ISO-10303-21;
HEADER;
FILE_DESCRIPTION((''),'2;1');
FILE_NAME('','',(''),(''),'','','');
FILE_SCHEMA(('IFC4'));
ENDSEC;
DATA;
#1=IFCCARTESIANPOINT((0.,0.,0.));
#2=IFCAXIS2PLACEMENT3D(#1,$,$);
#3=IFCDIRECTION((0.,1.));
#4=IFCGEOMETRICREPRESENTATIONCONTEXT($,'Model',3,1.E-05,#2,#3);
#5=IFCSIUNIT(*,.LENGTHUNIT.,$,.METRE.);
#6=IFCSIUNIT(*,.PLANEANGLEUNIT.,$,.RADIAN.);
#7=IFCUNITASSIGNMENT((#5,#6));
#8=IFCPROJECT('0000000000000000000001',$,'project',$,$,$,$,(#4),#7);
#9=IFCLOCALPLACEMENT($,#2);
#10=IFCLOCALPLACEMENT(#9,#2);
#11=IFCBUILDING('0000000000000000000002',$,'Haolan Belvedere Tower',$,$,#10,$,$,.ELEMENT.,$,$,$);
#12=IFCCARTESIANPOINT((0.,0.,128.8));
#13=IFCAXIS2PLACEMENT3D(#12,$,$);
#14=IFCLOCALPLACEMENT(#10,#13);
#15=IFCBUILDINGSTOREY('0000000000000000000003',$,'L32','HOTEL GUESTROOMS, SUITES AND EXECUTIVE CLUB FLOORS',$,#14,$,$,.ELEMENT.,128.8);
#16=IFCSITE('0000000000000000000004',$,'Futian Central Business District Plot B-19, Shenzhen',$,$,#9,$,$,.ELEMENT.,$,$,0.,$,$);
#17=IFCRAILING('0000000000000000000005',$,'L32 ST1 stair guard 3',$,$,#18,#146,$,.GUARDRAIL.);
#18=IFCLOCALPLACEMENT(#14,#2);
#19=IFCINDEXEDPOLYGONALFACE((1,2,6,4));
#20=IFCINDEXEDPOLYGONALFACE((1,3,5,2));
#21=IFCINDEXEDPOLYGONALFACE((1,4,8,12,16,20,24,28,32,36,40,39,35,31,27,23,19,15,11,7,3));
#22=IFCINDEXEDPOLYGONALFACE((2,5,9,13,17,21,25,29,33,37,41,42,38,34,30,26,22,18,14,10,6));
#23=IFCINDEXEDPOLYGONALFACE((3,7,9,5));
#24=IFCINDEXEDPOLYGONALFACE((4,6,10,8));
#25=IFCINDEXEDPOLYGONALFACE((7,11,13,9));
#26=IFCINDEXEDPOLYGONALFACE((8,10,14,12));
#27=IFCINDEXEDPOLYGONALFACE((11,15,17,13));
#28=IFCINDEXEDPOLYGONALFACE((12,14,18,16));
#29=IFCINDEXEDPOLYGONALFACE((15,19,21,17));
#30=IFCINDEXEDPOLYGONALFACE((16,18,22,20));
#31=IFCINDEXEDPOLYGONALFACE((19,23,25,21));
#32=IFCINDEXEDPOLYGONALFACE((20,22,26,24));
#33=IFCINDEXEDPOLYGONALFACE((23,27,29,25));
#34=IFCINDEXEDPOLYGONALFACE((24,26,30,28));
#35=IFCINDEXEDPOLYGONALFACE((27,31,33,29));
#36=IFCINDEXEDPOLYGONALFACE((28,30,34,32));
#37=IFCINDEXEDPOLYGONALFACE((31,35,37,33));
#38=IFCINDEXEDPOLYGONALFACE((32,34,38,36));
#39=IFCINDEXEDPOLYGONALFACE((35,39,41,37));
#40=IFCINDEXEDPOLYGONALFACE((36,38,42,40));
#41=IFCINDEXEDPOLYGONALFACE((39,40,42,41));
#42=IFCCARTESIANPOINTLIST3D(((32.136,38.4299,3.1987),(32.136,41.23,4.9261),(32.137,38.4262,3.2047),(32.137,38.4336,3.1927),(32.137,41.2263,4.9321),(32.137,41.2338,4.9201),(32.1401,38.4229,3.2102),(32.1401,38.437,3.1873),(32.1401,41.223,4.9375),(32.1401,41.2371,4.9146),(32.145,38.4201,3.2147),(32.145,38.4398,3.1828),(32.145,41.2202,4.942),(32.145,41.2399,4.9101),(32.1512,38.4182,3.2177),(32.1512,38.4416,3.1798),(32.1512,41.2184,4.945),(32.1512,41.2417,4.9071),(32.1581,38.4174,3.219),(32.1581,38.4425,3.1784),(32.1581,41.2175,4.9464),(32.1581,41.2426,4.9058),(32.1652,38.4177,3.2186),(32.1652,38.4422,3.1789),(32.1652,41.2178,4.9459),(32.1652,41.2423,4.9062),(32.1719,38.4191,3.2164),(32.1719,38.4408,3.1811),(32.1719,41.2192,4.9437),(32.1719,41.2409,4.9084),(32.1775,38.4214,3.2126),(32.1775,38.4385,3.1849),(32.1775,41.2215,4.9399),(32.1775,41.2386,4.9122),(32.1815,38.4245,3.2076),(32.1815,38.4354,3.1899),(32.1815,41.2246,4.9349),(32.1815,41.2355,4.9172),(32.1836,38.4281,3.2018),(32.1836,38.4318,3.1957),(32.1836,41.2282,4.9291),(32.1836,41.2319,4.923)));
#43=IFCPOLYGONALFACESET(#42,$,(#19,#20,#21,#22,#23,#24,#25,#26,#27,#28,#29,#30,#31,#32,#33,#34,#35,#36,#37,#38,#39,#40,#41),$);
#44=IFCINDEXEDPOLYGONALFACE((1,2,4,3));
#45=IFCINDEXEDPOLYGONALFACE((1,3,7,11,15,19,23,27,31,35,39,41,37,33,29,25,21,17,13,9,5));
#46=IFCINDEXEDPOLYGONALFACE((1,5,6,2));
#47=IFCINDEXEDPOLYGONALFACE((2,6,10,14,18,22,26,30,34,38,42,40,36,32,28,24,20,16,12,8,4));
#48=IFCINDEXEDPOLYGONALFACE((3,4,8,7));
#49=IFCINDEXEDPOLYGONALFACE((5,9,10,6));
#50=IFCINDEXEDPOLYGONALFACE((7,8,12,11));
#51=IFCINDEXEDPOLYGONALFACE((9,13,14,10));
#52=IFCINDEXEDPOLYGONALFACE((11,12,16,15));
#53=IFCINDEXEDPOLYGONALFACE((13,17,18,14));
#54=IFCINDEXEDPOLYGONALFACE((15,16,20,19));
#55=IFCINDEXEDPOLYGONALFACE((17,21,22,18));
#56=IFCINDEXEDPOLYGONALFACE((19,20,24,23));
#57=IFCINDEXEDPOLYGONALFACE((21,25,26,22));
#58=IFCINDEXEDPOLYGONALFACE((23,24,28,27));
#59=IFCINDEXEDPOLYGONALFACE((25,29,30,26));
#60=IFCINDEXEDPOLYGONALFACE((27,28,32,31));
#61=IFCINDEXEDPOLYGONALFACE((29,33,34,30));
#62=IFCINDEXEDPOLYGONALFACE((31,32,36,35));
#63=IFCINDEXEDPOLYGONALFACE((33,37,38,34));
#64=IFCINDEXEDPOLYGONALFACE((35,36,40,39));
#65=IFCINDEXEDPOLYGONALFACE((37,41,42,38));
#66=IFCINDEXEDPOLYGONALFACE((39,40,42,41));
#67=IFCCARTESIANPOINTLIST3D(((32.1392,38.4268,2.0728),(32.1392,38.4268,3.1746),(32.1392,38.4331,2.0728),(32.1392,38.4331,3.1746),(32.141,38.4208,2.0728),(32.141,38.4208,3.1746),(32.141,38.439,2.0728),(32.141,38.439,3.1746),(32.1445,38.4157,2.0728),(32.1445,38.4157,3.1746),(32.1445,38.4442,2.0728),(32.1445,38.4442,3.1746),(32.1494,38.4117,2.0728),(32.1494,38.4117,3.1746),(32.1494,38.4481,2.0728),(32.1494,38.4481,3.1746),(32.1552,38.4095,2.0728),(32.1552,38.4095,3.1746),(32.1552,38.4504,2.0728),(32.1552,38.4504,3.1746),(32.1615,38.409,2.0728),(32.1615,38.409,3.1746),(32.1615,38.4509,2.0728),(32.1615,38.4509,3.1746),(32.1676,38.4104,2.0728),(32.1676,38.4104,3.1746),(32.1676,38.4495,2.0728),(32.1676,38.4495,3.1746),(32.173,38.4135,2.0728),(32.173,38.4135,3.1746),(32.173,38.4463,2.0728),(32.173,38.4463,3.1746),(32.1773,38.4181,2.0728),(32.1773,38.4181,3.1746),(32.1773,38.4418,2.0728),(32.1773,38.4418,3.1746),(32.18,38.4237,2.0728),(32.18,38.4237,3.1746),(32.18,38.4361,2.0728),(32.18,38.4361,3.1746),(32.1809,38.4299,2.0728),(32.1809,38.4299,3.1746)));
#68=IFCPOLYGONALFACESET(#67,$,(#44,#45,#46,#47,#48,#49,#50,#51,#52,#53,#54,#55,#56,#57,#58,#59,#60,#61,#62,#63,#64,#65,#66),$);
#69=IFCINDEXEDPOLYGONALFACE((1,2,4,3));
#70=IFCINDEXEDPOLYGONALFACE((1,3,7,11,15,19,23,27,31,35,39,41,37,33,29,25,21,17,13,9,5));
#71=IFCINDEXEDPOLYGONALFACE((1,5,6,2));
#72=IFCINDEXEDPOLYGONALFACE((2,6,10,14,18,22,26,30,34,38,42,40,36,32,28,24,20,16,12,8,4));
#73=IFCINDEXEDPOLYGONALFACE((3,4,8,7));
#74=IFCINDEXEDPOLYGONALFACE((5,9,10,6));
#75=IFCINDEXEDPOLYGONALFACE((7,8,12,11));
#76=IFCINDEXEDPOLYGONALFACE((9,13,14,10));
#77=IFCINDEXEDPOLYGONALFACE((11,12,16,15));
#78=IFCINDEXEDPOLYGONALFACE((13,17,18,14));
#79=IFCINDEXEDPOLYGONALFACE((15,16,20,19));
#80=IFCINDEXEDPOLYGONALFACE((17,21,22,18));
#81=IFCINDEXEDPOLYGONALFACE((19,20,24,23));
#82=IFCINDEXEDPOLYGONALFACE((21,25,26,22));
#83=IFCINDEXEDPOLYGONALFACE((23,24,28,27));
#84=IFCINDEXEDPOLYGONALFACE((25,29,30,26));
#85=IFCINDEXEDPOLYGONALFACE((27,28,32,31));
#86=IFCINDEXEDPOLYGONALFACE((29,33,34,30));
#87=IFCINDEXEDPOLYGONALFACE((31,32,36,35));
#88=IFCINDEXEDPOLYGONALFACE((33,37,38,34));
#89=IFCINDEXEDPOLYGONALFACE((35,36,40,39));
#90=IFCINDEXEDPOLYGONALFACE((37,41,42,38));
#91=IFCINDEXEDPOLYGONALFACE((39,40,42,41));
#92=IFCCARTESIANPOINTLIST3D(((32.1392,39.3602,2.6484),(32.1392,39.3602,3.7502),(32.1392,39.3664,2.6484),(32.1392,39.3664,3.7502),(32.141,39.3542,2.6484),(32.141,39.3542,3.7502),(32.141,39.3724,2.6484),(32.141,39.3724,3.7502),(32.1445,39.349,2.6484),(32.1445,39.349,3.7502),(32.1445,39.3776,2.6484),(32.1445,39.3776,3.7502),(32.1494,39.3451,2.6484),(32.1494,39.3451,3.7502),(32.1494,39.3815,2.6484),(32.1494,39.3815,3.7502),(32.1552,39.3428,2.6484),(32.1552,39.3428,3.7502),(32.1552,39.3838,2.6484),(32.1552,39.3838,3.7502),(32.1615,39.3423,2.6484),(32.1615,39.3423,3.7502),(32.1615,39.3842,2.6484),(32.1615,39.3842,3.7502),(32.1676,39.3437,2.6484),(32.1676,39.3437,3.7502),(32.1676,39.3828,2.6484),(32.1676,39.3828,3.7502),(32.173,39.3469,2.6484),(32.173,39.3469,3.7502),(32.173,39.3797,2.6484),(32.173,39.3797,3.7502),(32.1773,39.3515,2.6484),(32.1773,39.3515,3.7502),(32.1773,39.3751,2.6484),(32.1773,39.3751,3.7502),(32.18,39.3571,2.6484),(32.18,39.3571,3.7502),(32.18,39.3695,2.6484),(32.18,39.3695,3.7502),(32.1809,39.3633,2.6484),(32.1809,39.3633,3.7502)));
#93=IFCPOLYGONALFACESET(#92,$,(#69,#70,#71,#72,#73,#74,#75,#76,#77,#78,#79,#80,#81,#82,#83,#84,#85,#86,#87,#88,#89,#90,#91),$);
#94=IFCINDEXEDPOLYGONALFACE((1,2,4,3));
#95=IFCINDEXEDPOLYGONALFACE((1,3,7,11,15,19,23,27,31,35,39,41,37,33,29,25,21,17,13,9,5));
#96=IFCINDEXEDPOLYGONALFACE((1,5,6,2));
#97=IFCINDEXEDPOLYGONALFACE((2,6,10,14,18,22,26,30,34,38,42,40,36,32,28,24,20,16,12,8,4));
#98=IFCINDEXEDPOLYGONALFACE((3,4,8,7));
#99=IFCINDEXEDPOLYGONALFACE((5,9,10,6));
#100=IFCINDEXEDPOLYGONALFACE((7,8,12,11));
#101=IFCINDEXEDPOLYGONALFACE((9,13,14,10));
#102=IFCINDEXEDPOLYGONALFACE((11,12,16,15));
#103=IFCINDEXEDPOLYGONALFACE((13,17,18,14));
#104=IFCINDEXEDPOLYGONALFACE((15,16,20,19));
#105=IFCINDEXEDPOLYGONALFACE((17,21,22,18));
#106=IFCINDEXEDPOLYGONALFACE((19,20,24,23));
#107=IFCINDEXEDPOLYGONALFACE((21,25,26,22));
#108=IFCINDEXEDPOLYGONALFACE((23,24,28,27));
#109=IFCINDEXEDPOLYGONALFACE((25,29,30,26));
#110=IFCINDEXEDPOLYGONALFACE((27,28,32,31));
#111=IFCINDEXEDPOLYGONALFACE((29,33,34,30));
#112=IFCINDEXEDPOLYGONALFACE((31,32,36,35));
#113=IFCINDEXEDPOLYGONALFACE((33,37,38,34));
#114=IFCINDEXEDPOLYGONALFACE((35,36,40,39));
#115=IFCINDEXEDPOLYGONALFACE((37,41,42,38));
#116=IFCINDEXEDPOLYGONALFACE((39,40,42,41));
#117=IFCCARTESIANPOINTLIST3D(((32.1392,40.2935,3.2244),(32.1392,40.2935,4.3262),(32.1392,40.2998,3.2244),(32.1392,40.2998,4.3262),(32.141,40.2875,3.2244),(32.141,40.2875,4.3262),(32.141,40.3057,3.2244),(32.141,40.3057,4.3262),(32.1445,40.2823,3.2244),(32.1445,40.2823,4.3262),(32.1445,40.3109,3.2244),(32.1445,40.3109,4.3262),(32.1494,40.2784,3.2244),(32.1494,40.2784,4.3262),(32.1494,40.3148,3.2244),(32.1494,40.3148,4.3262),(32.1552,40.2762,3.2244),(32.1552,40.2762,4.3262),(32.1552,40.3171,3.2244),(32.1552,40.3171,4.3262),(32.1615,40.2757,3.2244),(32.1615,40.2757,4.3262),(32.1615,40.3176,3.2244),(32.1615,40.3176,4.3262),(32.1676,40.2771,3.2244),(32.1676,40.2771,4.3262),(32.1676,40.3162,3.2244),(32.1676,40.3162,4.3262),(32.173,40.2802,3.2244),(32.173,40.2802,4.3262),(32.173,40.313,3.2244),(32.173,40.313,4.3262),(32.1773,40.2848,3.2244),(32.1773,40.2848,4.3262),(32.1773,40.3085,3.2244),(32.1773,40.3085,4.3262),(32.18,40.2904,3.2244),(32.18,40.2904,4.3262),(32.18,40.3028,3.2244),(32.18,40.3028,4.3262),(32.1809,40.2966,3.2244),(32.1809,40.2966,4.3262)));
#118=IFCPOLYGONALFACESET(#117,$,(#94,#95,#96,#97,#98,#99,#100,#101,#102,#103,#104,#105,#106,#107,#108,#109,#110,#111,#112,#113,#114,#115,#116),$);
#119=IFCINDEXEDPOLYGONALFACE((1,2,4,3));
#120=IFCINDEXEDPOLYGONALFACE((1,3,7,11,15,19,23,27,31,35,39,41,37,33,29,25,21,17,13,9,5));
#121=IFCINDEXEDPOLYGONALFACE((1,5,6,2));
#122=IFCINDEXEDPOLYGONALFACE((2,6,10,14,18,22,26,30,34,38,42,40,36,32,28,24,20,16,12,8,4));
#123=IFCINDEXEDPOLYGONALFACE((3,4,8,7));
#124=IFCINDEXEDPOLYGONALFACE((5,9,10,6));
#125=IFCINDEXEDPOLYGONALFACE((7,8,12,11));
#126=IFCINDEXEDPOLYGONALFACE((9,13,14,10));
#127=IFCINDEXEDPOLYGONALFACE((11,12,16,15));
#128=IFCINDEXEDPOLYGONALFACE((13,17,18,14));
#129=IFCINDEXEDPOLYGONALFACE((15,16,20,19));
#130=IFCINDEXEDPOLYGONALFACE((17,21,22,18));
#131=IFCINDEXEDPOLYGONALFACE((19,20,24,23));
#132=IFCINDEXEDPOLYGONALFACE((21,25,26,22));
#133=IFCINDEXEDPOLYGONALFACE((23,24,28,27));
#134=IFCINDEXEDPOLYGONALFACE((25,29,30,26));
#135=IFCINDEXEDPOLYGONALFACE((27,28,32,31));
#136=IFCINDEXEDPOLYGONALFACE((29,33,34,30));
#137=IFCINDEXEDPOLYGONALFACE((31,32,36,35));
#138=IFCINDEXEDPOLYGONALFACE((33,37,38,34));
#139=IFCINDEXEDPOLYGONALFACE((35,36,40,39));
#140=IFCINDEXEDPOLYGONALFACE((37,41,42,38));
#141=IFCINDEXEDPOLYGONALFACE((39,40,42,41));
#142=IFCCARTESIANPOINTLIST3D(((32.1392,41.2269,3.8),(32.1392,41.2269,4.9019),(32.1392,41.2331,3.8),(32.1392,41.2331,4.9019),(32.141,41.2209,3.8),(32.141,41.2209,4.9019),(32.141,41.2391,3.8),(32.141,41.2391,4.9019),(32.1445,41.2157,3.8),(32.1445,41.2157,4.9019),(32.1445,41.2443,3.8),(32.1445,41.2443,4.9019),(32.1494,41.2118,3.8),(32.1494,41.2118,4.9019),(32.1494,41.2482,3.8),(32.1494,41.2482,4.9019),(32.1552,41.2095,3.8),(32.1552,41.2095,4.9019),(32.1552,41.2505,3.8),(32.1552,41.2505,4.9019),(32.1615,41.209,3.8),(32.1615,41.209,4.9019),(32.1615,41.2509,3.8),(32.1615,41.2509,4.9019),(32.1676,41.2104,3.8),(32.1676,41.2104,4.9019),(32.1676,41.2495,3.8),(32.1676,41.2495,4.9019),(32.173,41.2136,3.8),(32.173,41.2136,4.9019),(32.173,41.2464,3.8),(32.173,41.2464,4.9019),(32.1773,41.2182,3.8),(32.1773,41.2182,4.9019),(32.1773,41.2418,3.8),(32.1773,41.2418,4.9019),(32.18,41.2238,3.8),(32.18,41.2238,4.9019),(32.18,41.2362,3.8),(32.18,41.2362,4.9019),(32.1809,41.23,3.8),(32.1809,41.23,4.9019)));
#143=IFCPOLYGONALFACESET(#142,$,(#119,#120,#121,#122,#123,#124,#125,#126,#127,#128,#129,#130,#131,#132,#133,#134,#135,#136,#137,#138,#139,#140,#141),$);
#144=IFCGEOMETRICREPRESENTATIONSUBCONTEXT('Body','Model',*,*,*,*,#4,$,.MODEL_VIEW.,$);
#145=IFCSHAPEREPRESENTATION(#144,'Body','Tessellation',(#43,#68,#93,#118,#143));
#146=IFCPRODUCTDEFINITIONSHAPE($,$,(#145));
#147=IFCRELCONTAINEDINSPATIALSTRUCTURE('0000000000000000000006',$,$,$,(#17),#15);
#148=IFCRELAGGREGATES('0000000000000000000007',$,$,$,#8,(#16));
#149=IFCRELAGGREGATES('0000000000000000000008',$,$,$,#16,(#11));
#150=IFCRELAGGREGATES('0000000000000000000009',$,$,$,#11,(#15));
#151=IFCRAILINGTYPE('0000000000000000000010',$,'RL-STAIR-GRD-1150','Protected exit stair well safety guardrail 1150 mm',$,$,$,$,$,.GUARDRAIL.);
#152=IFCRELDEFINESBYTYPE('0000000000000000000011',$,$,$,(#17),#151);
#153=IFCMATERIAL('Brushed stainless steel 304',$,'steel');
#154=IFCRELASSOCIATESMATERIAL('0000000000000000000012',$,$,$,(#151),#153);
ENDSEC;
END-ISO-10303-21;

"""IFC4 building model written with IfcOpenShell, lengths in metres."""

from ifc_helpers import new_model, si_unit, direction, frame, origin, origin_2d, place, context, subcontext, project, spatial, circle, extrude, material, type_object, element, save


model = new_model("IFC4")

# Units and contexts
model_context = context("Model", 3, precision=1e-05, world=origin(), true_north=direction((0.0, 1.0)))
body_context = subcontext(model_context, "Body", "Model", "MODEL_VIEW")
ifc_project = project(units=[si_unit("LENGTHUNIT", "METRE"), si_unit("PLANEANGLEUNIT", "RADIAN")], contexts=[model_context])

# Site, building, storey
site_placement = place(None, origin())
site = spatial("IfcSite", under=ifc_project, at=site_placement, Name="Futian Central Business District Plot B-19, Shenzhen", CompositionType="ELEMENT", RefElevation=0.0)
building_placement = place(site_placement, origin())
building = spatial("IfcBuilding", under=site, at=building_placement, Name="Haolan Belvedere Tower", CompositionType="ELEMENT")
storey_placement = place(building_placement, frame((0.0, 0.0, 128.8)))
storey = spatial("IfcBuildingStorey", under=building, at=storey_placement, Name="L32", Description="HOTEL GUESTROOMS, SUITES AND EXECUTIVE CLUB FLOORS", CompositionType="ELEMENT", Elevation=128.8)

# Railing
ifc_material_1 = material(Name="Brushed stainless steel 304", Category="steel")
railing_type_1 = type_object("IfcRailingType", Name="RL-STAIR-GRD-1150", Description="Protected exit stair well safety guardrail 1150 mm", PredefinedType="GUARDRAIL", material=ifc_material_1)
railing_1_placement = place(storey_placement, frame((32.1599, 38.4299, 2.0728)))
element("IfcRailing", 1, at=railing_1_placement, inside=storey, type_object=railing_type_1, Name="L32 ST1 stair guard 3", PredefinedType="GUARDRAIL", context=body_context, shape_type="SweptSolid", body=[
    extrude(circle(Radius=0.0239, at=origin_2d()), frame((0.0, 0.0, 1.126), z_axis=(0.0, 0.85109, 0.52502), x_axis=(-1.0, 0.0, 0.0)), (0.0, 0.0, 1.0), 3.29),
    extrude(circle(Radius=0.021, at=origin_2d()), origin(), (0.0, 0.0, 1.0), 1.1018),
    extrude(circle(Radius=0.021, at=origin_2d()), frame((0.0, 0.9333, 0.5757)), (0.0, 0.0, 1.0), 1.1018),
    extrude(circle(Radius=0.021, at=origin_2d()), frame((0.0, 1.8667, 1.1516)), (0.0, 0.0, 1.0), 1.1018),
    extrude(circle(Radius=0.021, at=origin_2d()), frame((0.0, 2.8, 1.7273)), (0.0, 0.0, 1.0), 1.1018),
])

save(model, "model.ifc")
